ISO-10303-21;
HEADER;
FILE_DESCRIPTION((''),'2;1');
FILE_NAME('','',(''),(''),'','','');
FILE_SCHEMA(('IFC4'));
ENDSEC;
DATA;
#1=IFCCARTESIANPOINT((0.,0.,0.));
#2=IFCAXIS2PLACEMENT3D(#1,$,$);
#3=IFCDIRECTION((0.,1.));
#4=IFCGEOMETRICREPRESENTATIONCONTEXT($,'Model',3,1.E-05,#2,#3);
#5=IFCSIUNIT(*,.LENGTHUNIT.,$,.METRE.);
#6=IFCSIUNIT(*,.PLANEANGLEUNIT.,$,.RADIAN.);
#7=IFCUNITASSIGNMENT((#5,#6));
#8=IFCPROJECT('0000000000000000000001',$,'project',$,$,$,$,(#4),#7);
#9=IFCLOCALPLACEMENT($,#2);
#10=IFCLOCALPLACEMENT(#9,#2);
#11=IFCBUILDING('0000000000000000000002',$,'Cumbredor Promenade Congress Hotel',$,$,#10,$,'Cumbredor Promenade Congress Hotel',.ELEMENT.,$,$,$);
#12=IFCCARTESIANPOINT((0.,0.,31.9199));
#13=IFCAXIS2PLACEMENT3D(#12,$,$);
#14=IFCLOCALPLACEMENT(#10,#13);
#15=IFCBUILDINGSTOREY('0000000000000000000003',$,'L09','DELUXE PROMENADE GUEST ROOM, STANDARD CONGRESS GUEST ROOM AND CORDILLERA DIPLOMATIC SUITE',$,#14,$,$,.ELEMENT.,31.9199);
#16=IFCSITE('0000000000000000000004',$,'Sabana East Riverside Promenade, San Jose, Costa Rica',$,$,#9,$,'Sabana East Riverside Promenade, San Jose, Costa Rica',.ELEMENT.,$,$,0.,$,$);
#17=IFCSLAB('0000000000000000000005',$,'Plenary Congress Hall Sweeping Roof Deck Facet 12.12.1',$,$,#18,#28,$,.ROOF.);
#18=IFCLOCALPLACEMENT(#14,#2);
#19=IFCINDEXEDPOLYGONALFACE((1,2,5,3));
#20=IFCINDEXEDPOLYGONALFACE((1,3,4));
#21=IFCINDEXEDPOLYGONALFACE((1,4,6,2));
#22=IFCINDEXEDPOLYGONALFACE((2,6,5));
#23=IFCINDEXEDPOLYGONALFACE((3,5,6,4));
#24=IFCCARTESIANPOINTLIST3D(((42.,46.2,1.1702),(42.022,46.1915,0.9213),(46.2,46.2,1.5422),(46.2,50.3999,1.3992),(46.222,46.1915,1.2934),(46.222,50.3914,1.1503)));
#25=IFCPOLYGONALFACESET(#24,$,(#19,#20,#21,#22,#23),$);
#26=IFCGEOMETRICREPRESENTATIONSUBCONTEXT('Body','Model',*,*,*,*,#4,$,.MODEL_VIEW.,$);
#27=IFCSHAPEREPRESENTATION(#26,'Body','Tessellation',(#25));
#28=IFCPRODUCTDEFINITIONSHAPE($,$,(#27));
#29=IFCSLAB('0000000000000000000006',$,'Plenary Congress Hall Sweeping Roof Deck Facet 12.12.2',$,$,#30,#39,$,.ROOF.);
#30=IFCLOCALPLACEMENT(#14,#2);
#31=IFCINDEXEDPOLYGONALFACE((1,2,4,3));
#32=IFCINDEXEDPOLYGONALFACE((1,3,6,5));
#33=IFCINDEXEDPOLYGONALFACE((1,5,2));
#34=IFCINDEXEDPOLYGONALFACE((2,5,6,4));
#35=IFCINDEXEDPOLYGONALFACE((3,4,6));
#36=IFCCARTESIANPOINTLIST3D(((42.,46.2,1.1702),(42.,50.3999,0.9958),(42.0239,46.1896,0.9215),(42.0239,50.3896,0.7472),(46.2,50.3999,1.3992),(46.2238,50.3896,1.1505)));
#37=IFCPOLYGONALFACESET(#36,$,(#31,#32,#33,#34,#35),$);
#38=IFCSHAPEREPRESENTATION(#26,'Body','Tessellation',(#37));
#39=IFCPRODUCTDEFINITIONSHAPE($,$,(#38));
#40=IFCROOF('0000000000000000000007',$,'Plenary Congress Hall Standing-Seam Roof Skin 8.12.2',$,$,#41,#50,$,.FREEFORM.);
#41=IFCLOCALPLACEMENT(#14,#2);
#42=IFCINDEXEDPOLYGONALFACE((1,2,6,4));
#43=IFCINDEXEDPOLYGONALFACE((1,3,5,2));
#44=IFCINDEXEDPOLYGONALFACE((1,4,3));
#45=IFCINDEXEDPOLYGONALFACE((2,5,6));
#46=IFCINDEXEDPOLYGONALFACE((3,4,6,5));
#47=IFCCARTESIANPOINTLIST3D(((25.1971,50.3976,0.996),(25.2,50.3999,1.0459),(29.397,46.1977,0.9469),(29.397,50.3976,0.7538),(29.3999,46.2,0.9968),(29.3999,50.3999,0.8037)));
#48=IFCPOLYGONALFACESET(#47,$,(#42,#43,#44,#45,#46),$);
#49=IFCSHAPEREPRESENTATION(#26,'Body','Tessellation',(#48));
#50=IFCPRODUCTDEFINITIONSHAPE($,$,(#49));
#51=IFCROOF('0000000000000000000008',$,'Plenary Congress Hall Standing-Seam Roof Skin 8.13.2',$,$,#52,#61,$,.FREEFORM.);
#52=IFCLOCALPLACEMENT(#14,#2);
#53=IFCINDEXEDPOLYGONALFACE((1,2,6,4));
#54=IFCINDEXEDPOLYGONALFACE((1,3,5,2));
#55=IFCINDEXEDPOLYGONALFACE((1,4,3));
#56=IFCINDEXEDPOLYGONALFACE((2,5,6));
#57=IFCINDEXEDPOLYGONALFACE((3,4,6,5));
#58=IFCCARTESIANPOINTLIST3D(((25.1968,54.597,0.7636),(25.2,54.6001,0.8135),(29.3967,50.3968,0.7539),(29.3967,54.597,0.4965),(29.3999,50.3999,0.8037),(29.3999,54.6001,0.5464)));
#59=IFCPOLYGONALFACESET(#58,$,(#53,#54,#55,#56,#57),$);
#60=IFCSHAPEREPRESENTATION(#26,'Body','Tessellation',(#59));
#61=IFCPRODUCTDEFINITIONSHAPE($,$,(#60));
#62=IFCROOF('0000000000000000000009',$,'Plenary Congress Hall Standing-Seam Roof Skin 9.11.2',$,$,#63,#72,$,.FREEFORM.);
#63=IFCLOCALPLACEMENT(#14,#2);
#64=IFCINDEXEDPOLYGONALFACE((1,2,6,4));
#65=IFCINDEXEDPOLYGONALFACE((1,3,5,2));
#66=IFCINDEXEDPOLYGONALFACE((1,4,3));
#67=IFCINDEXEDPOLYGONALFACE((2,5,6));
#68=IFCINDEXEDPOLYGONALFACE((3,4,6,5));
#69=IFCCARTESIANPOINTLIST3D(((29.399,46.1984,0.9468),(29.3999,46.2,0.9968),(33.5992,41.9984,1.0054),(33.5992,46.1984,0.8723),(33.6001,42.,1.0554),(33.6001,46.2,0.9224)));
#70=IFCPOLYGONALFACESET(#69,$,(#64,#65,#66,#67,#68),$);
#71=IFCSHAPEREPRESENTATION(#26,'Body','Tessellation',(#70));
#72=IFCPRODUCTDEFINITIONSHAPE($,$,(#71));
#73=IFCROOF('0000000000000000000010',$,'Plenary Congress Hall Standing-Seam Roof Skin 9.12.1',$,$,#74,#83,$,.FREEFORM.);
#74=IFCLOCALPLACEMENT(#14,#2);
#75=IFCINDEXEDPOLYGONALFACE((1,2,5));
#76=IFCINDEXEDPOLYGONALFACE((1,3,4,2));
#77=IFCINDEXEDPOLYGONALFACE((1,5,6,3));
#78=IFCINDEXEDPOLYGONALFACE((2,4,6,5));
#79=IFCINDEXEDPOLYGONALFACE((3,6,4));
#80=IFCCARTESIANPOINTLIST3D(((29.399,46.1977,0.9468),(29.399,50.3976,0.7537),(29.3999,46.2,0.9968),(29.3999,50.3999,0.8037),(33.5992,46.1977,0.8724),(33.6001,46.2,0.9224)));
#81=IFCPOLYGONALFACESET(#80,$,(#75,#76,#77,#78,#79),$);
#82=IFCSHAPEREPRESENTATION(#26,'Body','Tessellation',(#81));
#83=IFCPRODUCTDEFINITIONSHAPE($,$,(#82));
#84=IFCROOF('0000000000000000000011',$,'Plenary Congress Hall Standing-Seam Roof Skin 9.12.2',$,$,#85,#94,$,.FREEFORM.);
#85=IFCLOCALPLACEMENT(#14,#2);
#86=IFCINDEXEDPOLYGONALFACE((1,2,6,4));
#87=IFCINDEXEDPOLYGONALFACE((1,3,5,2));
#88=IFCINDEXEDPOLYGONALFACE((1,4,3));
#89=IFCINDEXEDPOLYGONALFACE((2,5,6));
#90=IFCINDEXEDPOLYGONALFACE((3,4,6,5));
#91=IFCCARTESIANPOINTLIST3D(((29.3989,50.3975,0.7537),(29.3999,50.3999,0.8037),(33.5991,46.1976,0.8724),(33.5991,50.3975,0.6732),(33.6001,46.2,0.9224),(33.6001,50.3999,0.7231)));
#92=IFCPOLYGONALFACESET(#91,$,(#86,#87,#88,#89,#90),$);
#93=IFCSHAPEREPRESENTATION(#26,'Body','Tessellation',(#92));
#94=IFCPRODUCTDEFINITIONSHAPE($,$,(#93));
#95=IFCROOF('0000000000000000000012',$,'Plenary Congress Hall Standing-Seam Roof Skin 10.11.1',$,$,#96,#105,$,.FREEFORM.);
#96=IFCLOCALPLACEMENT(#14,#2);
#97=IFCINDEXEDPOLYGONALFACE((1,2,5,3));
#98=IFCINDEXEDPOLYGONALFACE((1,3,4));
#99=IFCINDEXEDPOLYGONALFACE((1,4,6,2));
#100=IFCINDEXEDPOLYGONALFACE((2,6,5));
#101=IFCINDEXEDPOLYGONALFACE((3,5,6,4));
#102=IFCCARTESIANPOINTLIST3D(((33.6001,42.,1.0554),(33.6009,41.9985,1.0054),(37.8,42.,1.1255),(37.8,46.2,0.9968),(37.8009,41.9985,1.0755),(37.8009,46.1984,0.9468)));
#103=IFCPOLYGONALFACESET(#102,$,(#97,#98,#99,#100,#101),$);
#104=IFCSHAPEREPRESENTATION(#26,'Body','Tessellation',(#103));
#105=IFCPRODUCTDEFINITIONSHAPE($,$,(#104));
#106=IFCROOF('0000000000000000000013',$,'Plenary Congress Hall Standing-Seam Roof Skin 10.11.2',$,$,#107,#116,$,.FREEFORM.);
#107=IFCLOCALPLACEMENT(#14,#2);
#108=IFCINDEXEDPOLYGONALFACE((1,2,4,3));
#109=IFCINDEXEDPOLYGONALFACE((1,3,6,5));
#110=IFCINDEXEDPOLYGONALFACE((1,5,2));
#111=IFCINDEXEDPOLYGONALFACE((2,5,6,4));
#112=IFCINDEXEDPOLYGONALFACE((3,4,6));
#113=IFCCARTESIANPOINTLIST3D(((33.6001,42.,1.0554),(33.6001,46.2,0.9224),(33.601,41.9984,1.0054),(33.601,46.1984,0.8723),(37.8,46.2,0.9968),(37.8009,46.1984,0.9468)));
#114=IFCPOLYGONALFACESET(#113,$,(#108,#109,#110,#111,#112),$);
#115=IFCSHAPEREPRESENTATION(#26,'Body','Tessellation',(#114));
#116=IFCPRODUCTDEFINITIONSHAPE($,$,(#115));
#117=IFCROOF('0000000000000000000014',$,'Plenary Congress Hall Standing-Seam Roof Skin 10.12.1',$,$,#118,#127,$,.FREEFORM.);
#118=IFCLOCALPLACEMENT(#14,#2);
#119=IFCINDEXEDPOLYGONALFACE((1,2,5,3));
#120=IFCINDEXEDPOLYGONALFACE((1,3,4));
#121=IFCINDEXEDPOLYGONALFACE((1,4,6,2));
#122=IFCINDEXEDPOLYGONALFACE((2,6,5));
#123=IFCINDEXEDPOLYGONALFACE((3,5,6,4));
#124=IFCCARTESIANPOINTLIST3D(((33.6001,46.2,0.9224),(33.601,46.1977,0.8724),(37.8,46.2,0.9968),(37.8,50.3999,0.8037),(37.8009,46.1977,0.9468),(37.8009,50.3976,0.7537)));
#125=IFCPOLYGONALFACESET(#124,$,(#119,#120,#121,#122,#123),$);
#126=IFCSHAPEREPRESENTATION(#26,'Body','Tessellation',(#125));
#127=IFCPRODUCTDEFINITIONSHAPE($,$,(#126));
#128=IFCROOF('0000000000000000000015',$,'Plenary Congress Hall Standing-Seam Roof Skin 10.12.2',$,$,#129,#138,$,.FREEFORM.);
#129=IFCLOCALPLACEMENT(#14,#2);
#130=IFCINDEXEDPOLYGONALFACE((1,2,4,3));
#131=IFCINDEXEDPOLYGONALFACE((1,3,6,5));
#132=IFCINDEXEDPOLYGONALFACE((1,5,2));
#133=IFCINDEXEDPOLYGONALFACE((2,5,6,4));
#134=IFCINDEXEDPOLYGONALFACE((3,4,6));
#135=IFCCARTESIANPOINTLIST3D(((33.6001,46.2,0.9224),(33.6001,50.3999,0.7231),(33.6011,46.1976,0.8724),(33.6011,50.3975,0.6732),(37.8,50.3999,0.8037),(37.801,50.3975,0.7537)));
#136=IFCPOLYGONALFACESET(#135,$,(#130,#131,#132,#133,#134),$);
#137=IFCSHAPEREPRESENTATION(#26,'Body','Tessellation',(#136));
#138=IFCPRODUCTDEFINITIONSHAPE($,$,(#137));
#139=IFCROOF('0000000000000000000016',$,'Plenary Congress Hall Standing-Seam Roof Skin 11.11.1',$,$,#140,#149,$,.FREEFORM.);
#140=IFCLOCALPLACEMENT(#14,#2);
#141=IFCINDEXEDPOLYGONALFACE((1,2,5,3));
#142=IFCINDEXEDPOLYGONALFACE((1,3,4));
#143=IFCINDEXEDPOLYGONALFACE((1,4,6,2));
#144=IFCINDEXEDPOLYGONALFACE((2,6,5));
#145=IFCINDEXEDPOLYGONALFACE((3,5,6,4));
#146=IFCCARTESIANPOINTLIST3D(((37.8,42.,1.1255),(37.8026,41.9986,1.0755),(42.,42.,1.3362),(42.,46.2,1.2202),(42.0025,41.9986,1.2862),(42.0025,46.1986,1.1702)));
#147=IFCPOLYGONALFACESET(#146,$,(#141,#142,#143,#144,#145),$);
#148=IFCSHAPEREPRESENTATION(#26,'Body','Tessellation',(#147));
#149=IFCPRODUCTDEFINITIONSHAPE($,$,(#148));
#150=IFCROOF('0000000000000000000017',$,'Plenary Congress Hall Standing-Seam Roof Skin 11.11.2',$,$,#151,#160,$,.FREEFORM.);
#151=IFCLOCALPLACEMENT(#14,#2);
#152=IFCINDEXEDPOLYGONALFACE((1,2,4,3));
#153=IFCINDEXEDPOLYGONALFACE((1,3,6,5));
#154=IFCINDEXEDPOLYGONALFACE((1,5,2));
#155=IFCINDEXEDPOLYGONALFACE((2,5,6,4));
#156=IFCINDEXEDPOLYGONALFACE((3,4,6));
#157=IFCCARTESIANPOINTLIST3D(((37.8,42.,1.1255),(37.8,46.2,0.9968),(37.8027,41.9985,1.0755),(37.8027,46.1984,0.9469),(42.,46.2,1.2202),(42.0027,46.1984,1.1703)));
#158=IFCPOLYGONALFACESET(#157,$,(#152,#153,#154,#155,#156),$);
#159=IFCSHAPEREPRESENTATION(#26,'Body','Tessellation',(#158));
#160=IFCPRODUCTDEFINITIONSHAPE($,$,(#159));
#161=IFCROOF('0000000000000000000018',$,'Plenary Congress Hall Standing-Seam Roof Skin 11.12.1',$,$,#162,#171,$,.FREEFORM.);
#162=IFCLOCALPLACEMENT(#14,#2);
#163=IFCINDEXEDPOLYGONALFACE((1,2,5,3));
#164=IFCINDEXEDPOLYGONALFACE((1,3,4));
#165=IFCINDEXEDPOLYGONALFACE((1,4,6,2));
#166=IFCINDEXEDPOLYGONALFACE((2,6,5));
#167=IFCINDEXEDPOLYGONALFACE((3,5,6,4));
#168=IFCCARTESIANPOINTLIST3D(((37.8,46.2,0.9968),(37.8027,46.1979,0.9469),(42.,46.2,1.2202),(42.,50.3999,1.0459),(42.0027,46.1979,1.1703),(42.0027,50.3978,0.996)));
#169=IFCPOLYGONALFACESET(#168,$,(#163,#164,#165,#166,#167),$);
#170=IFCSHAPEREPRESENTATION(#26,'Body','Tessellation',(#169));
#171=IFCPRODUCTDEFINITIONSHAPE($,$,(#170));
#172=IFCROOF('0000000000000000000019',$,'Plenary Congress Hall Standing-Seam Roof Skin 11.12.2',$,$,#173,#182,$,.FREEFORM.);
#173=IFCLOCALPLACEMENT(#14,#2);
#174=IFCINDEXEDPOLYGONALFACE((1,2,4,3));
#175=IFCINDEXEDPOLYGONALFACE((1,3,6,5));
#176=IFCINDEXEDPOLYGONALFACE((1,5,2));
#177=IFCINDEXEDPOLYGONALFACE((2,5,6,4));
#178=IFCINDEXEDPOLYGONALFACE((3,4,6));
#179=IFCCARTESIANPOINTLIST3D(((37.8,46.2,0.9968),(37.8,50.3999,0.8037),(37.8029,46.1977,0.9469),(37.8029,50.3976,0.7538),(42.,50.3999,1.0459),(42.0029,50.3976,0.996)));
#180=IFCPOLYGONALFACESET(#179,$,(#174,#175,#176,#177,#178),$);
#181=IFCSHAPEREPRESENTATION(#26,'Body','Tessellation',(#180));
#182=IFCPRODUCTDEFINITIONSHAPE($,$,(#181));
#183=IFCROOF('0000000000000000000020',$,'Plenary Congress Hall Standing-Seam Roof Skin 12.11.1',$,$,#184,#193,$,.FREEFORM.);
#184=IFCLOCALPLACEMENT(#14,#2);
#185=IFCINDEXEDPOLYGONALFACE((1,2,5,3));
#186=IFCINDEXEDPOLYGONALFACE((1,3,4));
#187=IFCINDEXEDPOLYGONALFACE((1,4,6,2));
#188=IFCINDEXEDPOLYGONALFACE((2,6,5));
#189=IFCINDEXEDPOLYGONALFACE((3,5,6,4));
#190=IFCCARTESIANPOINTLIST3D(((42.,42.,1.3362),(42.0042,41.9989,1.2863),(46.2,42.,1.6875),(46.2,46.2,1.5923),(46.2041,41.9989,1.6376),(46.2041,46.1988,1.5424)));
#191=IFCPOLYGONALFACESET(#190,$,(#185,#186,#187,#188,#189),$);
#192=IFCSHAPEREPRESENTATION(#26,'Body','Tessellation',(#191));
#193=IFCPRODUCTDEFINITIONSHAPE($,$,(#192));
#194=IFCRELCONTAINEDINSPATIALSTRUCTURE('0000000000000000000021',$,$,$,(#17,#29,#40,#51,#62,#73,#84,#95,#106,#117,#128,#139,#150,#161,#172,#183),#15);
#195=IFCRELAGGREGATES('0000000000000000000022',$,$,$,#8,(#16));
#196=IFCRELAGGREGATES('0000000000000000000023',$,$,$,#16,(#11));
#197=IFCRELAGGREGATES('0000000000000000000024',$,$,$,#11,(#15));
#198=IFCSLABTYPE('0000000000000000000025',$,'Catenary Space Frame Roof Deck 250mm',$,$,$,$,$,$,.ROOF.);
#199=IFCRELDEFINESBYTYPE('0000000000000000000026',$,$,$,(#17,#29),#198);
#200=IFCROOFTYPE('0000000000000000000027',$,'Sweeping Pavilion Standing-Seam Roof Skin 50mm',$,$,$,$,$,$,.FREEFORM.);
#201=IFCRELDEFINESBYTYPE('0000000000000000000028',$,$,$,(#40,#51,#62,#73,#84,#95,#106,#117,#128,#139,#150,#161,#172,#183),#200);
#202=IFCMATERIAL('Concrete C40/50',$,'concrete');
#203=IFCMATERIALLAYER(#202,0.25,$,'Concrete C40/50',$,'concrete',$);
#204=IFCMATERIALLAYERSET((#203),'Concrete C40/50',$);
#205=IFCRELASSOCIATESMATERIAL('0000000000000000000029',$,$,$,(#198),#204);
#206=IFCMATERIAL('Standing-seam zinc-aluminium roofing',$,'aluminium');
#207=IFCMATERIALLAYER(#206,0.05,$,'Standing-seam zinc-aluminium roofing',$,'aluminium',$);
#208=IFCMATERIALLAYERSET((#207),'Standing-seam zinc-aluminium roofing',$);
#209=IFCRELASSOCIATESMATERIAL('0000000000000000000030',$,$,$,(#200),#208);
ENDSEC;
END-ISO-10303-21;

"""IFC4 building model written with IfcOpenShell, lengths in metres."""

from ifc_helpers import new_model, si_unit, direction, frame, origin, place, context, subcontext, project, spatial, polyline, outline, extrude, material, layer, layer_set, type_object, element, save


model = new_model("IFC4")

# Units and contexts
model_context = context("Model", 3, precision=1e-05, world=origin(), true_north=direction((0.0, 1.0)))
body_context = subcontext(model_context, "Body", "Model", "MODEL_VIEW")
ifc_project = project(units=[si_unit("LENGTHUNIT", "METRE"), si_unit("PLANEANGLEUNIT", "RADIAN")], contexts=[model_context])

# Site, building, storey
site_placement = place(None, origin())
site = spatial("IfcSite", under=ifc_project, at=site_placement, Name="Sabana East Riverside Promenade, San Jose, Costa Rica", LongName="Sabana East Riverside Promenade, San Jose, Costa Rica", CompositionType="ELEMENT", RefElevation=0.0)
building_placement = place(site_placement, origin())
building = spatial("IfcBuilding", under=site, at=building_placement, Name="Cumbredor Promenade Congress Hotel", LongName="Cumbredor Promenade Congress Hotel", CompositionType="ELEMENT")
storey_placement = place(building_placement, frame((0.0, 0.0, 31.9199)))
storey = spatial("IfcBuildingStorey", under=building, at=storey_placement, Name="L09", Description="DELUXE PROMENADE GUEST ROOM, STANDARD CONGRESS GUEST ROOM AND CORDILLERA DIPLOMATIC SUITE", CompositionType="ELEMENT", Elevation=31.9199)

# Slabs
ifc_material_1 = material(Name="Concrete C40/50", Category="concrete")
ifc_layer_1 = layer(ifc_material_1, 0.25, Name="Concrete C40/50", Category="concrete")
ifc_layer_set_1 = layer_set([ifc_layer_1], Name="Concrete C40/50")
slab_type = type_object("IfcSlabType", Name="Catenary Space Frame Roof Deck 250mm", PredefinedType="ROOF", material=ifc_layer_set_1)
slab_1_placement = place(storey_placement, frame((42.0, 46.2, 1.1702), z_axis=(-0.088193, 0.033911, 0.995526), x_axis=(0.996099, 0.0, 0.088244)))
element("IfcSlab", 1, at=slab_1_placement, inside=storey, type_object=slab_type, Name="Plenary Congress Hall Sweeping Roof Deck Facet 12.12.1", PredefinedType="ROOF", context=body_context, shape_type="SweptSolid", body=[
    extrude(outline(polyline([(0.0, 0.0), (4.2164, 0.0), (4.2038, 4.2024), (0.0, 0.0)])), origin(), (0.0, 0.0, -1.0), 0.25),
])
slab_2_placement = place(storey_placement, frame((42.0, 46.2, 1.1702), z_axis=(-0.095509, 0.041279, 0.994572), x_axis=(0.706582, 0.706582, 0.038527)))
element("IfcSlab", 2, at=slab_2_placement, inside=storey, type_object=slab_type, Name="Plenary Congress Hall Sweeping Roof Deck Facet 12.12.2", PredefinedType="ROOF", context=body_context, shape_type="SweptSolid", body=[
    extrude(outline(polyline([(0.0, 0.0), (5.944, 0.0), (2.9609, 2.9838), (0.0, 0.0)])), origin(), (0.0, 0.0, -1.0), 0.25),
])

# Roofs
ifc_material_2 = material(Name="Standing-seam zinc-aluminium roofing", Category="aluminium")
ifc_layer_2 = layer(ifc_material_2, 0.05, Name="Standing-seam zinc-aluminium roofing", Category="aluminium")
ifc_layer_set_2 = layer_set([ifc_layer_2], Name="Standing-seam zinc-aluminium roofing")
roof_type = type_object("IfcRoofType", Name="Sweeping Pavilion Standing-Seam Roof Skin 50mm", PredefinedType="FREEFORM", material=ifc_layer_set_2)
roof_1_placement = place(storey_placement, frame((29.3999, 46.2, 0.9968), z_axis=(0.057508, 0.045856, 0.997291), x_axis=(0.0, 0.998945, -0.045932)))
element("IfcRoof", 3, at=roof_1_placement, inside=storey, type_object=roof_type, Name="Plenary Congress Hall Standing-Seam Roof Skin 8.12.2", PredefinedType="FREEFORM", context=body_context, shape_type="SweptSolid", body=[
    extrude(outline(polyline([(0.0, 0.0), (4.2044, 0.0), (4.1933, 4.2069), (0.0, 0.0)])), origin(), (0.0, 0.0, -1.0), 0.05),
])
roof_2_placement = place(storey_placement, frame((29.3999, 50.3999, 0.8037), z_axis=(0.063347, 0.061027, 0.996124), x_axis=(0.0, 0.998129, -0.06115)))
element("IfcRoof", 4, at=roof_2_placement, inside=storey, type_object=roof_type, Name="Plenary Congress Hall Standing-Seam Roof Skin 8.13.2", PredefinedType="FREEFORM", context=body_context, shape_type="SweptSolid", body=[
    extrude(outline(polyline([(0.0, 0.0), (4.2081, 0.0), (4.1917, 4.2084), (0.0, 0.0)])), origin(), (0.0, 0.0, -1.0), 0.05),
])
roof_3_placement = place(storey_placement, frame((33.6001, 42.0, 1.0554), z_axis=(0.017717, 0.03166, 0.999342), x_axis=(0.0, 0.999499, -0.031665)))
element("IfcRoof", 5, at=roof_3_placement, inside=storey, type_object=roof_type, Name="Plenary Congress Hall Standing-Seam Roof Skin 9.11.2", PredefinedType="FREEFORM", context=body_context, shape_type="SweptSolid", body=[
    extrude(outline(polyline([(0.0, 0.0), (4.2021, 0.0), (4.1997, 4.2009), (0.0, 0.0)])), origin(), (0.0, 0.0, -1.0), 0.05),
])
roof_4_placement = place(storey_placement, frame((29.3999, 46.2, 0.9968), z_axis=(0.017707, 0.045925, 0.998788), x_axis=(0.999843, 0.0, -0.017726)))
element("IfcRoof", 6, at=roof_4_placement, inside=storey, type_object=roof_type, Name="Plenary Congress Hall Standing-Seam Roof Skin 9.12.1", PredefinedType="FREEFORM", context=body_context, shape_type="SweptSolid", body=[
    extrude(outline(polyline([(0.0, 0.0), (4.2009, 0.0), (0.0034, 4.2044), (0.0, 0.0)])), origin(), (0.0, 0.0, -1.0), 0.05),
])
roof_5_placement = place(storey_placement, frame((33.6001, 46.2, 0.9224), z_axis=(0.019157, 0.047372, 0.998694), x_axis=(0.0, 0.998877, -0.04738)))
element("IfcRoof", 7, at=roof_5_placement, inside=storey, type_object=roof_type, Name="Plenary Congress Hall Standing-Seam Roof Skin 9.12.2", PredefinedType="FREEFORM", context=body_context, shape_type="SweptSolid", body=[
    extrude(outline(polyline([(0.0, 0.0), (4.2047, 0.0), (4.2009, 4.201), (0.0, 0.0)])), origin(), (0.0, 0.0, -1.0), 0.05),
])
roof_6_placement = place(storey_placement, frame((33.6001, 42.0, 1.0554), z_axis=(-0.016673, 0.030616, 0.999392), x_axis=(0.999861, 0.0, 0.016681)))
element("IfcRoof", 8, at=roof_6_placement, inside=storey, type_object=roof_type, Name="Plenary Congress Hall Standing-Seam Roof Skin 10.11.1", PredefinedType="FREEFORM", context=body_context, shape_type="SweptSolid", body=[
    extrude(outline(polyline([(0.0, 0.0), (4.2005, 0.0), (4.1984, 4.2019), (0.0, 0.0)])), origin(), (0.0, 0.0, -1.0), 0.05),
])
roof_7_placement = place(storey_placement, frame((33.6001, 42.0, 1.0554), z_axis=(-0.017718, 0.03166, 0.999342), x_axis=(0.707072, 0.707072, -0.009864)))
element("IfcRoof", 9, at=roof_7_placement, inside=storey, type_object=roof_type, Name="Plenary Congress Hall Standing-Seam Roof Skin 10.11.2", PredefinedType="FREEFORM", context=body_context, shape_type="SweptSolid", body=[
    extrude(outline(polyline([(0.0, 0.0), (5.9399, 0.0), (2.971, 2.9716), (0.0, 0.0)])), origin(), (0.0, 0.0, -1.0), 0.05),
])
roof_8_placement = place(storey_placement, frame((33.6001, 46.2, 0.9224), z_axis=(-0.017708, 0.045925, 0.998788), x_axis=(0.999843, 0.0, 0.017727)))
element("IfcRoof", 10, at=roof_8_placement, inside=storey, type_object=roof_type, Name="Plenary Congress Hall Standing-Seam Roof Skin 10.12.1", PredefinedType="FREEFORM", context=body_context, shape_type="SweptSolid", body=[
    extrude(outline(polyline([(0.0, 0.0), (4.2006, 0.0), (4.1972, 4.2044), (0.0, 0.0)])), origin(), (0.0, 0.0, -1.0), 0.05),
])
roof_9_placement = place(storey_placement, frame((33.6001, 46.2, 0.9224), z_axis=(-0.019158, 0.047372, 0.998694), x_axis=(0.706966, 0.706966, -0.019972)))
element("IfcRoof", 11, at=roof_9_placement, inside=storey, type_object=roof_type, Name="Plenary Congress Hall Standing-Seam Roof Skin 10.12.2", PredefinedType="FREEFORM", context=body_context, shape_type="SweptSolid", body=[
    extrude(outline(polyline([(0.0, 0.0), (5.9408, 0.0), (2.9732, 2.9731), (0.0, 0.0)])), origin(), (0.0, 0.0, -1.0), 0.05),
])
roof_10_placement = place(storey_placement, frame((37.8, 42.0, 1.1255), z_axis=(-0.050084, 0.027566, 0.998365), x_axis=(0.998744, 0.0, 0.050103)))
element("IfcRoof", 12, at=roof_10_placement, inside=storey, type_object=roof_type, Name="Plenary Congress Hall Standing-Seam Roof Skin 11.11.1", PredefinedType="FREEFORM", context=body_context, shape_type="SweptSolid", body=[
    extrude(outline(polyline([(0.0, 0.0), (4.2052, 0.0), (4.1994, 4.2015), (0.0, 0.0)])), origin(), (0.0, 0.0, -1.0), 0.05),
])
roof_11_placement = place(storey_placement, frame((37.8, 42.0, 1.1255), z_axis=(-0.053088, 0.030577, 0.998122), x_axis=(0.707017, 0.707017, 0.015946)))
element("IfcRoof", 13, at=roof_11_placement, inside=storey, type_object=roof_type, Name="Plenary Congress Hall Standing-Seam Roof Skin 11.11.2", PredefinedType="FREEFORM", context=body_context, shape_type="SweptSolid", body=[
    extrude(outline(polyline([(0.0, 0.0), (5.9404, 0.0), (2.9674, 2.975), (0.0, 0.0)])), origin(), (0.0, 0.0, -1.0), 0.05),
])
roof_12_placement = place(storey_placement, frame((37.8, 46.2, 0.9968), z_axis=(-0.053068, 0.04141, 0.997732), x_axis=(0.998588, 0.0, 0.053113)))
element("IfcRoof", 14, at=roof_12_placement, inside=storey, type_object=roof_type, Name="Plenary Congress Hall Standing-Seam Roof Skin 11.12.1", PredefinedType="FREEFORM", context=body_context, shape_type="SweptSolid", body=[
    extrude(outline(polyline([(0.0, 0.0), (4.2059, 0.0), (4.1966, 4.2036), (0.0, 0.0)])), origin(), (0.0, 0.0, -1.0), 0.05),
])
roof_13_placement = place(storey_placement, frame((37.8, 46.2, 0.9968), z_axis=(-0.057508, 0.045856, 0.997291), x_axis=(0.707083, 0.707083, 0.008262)))
element("IfcRoof", 15, at=roof_13_placement, inside=storey, type_object=roof_type, Name="Plenary Congress Hall Standing-Seam Roof Skin 11.12.2", PredefinedType="FREEFORM", context=body_context, shape_type="SweptSolid", body=[
    extrude(outline(polyline([(0.0, 0.0), (5.9398, 0.0), (2.9681, 2.9778), (0.0, 0.0)])), origin(), (0.0, 0.0, -1.0), 0.05),
])
roof_14_placement = place(storey_placement, frame((42.0, 42.0, 1.3362), z_axis=(-0.083336, 0.022586, 0.996266), x_axis=(0.99652, 0.0, 0.083357)))
element("IfcRoof", 16, at=roof_14_placement, inside=storey, type_object=roof_type, Name="Plenary Congress Hall Standing-Seam Roof Skin 12.11.1", PredefinedType="FREEFORM", context=body_context, shape_type="SweptSolid", body=[
    extrude(outline(polyline([(0.0, 0.0), (4.2146, 0.0), (4.2067, 4.201), (0.0, 0.0)])), origin(), (0.0, 0.0, -1.0), 0.05),
])

save(model, "model.ifc")
